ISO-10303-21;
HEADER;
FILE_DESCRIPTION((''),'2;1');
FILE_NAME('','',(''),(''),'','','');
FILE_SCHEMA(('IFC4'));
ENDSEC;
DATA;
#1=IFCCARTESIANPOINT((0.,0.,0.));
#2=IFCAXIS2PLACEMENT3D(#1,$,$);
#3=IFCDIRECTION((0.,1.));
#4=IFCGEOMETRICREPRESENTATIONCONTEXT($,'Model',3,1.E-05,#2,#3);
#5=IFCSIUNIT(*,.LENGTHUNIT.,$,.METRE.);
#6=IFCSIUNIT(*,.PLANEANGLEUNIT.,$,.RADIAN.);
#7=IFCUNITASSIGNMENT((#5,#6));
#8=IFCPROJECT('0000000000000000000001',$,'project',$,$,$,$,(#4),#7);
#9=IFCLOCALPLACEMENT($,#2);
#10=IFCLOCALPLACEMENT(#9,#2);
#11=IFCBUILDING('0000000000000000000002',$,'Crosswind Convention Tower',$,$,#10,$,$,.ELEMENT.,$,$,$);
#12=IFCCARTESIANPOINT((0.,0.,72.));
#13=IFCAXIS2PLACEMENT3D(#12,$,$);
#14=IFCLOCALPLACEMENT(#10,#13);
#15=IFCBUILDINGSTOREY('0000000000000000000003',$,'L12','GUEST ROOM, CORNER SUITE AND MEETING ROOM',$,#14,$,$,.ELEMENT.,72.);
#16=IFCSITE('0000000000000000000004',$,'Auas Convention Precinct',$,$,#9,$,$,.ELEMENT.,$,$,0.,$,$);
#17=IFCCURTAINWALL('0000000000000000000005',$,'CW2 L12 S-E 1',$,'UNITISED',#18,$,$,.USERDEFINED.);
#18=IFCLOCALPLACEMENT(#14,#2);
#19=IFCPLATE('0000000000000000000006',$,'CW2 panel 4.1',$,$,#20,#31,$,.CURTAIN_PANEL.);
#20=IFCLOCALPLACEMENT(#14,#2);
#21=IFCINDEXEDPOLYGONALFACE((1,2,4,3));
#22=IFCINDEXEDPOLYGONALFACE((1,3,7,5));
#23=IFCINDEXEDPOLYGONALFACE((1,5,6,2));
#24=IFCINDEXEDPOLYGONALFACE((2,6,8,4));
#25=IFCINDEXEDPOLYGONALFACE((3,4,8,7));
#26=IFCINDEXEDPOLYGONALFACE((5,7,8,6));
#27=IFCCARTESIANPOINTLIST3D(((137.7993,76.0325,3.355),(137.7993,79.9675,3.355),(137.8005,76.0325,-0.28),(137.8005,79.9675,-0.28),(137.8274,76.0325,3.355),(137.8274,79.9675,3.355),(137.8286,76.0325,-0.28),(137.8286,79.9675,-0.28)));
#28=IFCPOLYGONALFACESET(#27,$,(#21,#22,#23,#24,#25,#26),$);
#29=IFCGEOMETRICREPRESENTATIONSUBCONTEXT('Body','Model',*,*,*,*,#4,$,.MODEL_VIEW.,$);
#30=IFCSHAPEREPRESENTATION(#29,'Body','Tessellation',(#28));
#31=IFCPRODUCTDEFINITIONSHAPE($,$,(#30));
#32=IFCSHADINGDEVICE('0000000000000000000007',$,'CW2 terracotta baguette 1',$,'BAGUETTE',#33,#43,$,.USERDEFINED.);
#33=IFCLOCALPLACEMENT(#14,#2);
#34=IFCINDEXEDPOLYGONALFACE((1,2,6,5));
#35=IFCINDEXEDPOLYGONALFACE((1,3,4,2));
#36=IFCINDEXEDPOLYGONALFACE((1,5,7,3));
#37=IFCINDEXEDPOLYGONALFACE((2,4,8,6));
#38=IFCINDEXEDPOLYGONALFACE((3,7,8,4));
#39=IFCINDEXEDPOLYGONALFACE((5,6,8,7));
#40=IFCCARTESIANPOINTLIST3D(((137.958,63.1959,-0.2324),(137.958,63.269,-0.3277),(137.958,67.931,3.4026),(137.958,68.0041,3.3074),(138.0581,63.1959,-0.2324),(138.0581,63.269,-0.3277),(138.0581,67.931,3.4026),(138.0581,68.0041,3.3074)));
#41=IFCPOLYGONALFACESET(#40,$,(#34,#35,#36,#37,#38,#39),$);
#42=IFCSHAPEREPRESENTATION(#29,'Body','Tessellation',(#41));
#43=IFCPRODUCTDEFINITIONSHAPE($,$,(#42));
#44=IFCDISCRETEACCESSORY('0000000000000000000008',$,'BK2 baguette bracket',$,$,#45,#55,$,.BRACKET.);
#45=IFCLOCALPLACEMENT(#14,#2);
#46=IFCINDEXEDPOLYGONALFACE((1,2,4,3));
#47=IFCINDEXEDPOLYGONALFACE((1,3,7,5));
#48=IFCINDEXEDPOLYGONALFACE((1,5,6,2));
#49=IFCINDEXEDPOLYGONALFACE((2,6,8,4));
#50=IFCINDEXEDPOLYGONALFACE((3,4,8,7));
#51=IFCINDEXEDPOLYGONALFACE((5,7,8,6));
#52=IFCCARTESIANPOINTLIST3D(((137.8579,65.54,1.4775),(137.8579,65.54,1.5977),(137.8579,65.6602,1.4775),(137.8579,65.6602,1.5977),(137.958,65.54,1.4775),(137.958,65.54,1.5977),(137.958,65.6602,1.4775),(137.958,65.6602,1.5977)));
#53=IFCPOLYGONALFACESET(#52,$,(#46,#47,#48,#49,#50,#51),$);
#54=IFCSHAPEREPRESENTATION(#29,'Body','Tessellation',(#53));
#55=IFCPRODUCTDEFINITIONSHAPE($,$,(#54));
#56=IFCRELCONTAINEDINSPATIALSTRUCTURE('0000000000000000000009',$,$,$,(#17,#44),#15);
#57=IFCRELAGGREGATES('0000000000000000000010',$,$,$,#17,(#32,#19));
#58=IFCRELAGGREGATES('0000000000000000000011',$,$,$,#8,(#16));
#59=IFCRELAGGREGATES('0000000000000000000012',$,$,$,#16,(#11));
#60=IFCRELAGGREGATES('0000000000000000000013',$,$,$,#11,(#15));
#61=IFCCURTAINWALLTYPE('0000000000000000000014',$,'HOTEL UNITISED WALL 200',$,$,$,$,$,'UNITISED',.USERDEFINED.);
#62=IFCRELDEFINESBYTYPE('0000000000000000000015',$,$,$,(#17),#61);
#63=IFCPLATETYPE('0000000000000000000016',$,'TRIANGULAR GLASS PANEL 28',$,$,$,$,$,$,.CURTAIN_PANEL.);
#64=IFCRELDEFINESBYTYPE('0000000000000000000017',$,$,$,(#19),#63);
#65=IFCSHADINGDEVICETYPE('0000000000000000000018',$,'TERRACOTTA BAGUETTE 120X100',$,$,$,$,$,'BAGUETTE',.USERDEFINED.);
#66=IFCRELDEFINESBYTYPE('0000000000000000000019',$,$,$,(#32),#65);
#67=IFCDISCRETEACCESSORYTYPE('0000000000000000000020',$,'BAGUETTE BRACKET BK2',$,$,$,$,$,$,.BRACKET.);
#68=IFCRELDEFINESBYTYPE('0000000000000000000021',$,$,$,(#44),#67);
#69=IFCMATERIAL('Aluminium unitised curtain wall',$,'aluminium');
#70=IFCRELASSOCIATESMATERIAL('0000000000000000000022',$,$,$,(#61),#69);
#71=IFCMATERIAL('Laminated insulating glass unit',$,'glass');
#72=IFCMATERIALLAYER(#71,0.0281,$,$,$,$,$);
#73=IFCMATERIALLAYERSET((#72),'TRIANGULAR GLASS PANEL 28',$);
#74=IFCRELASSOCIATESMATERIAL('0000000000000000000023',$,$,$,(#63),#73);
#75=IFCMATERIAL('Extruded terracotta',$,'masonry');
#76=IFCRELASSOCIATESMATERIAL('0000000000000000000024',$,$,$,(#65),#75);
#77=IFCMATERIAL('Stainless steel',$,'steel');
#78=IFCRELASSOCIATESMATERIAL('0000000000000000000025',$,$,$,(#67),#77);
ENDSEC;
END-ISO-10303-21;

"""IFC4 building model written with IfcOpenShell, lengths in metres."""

from ifc_helpers import new_model, si_unit, direction, frame, origin, origin_2d, place, context, subcontext, project, spatial, polyline, rectangle, outline, extrude, material, layer, layer_set, material_profile, profile_set, type_object, element, aggregate, save


model = new_model("IFC4")

# Units and contexts
model_context = context("Model", 3, precision=1e-05, world=origin(), true_north=direction((0.0, 1.0)))
body_context = subcontext(model_context, "Body", "Model", "MODEL_VIEW")
ifc_project = project(units=[si_unit("LENGTHUNIT", "METRE"), si_unit("PLANEANGLEUNIT", "RADIAN")], contexts=[model_context])

# Site, building, storey
site_placement = place(None, origin())
site = spatial("IfcSite", under=ifc_project, at=site_placement, Name="Auas Convention Precinct", CompositionType="ELEMENT", RefElevation=0.0)
building_placement = place(site_placement, origin())
building = spatial("IfcBuilding", under=site, at=building_placement, Name="Crosswind Convention Tower", CompositionType="ELEMENT")
storey_placement = place(building_placement, frame((0.0, 0.0, 72.0)))
storey = spatial("IfcBuildingStorey", under=building, at=storey_placement, Name="L12", Description="GUEST ROOM, CORNER SUITE AND MEETING ROOM", CompositionType="ELEMENT", Elevation=72.0)

# Shared definitions
ifc_material_1 = material(Name="Aluminium unitised curtain wall", Category="aluminium")
curtain_wall_type = type_object("IfcCurtainWallType", Name="HOTEL UNITISED WALL 200", ElementType="UNITISED", PredefinedType="USERDEFINED", material=ifc_material_1)

# Curtain wall, plate
curtain_wall_1_placement = place(storey_placement, origin())
curtain_wall_1 = element("IfcCurtainWall", 1, at=curtain_wall_1_placement, inside=storey, type_object=curtain_wall_type, Name="CW2 L12 S-E 1", ObjectType="UNITISED", PredefinedType="USERDEFINED")
ifc_material_2 = material(Name="Laminated insulating glass unit", Category="glass")
ifc_layer_1 = layer(ifc_material_2, 0.0281)
ifc_layer_set_1 = layer_set([ifc_layer_1], Name="TRIANGULAR GLASS PANEL 28")
plate_type = type_object("IfcPlateType", Name="TRIANGULAR GLASS PANEL 28", PredefinedType="CURTAIN_PANEL", material=ifc_layer_set_1)
plate_1_placement = place(storey_placement, frame((137.8286, 76.0325, -0.28), z_axis=(1.0, 0.0, 0.000336), x_axis=(0.0, 1.0, 0.0)))
plate_1 = element("IfcPlate", 2, at=plate_1_placement, type_object=plate_type, Name="CW2 panel 4.1", PredefinedType="CURTAIN_PANEL", context=body_context, shape_type="SweptSolid", body=[
    extrude(outline(polyline([(0.0, 0.0), (3.9351, 0.0), (3.9351, 3.635), (0.0, 3.635), (0.0, 0.0)])), origin(), (0.0, 0.0, -1.0), 0.0281),
])

# Shading device
ifc_material_3 = material(Name="Extruded terracotta", Category="masonry")
ifc_material_profile_1 = material_profile(ifc_material_3, rectangle(XDim=0.1001, YDim=0.1201, at=origin_2d()), Name="TC 100X120")
ifc_profile_set_1 = profile_set([ifc_material_profile_1], Name="Extruded terracotta")
shading_device_type = type_object("IfcShadingDeviceType", Name="TERRACOTTA BAGUETTE 120X100", ElementType="BAGUETTE", PredefinedType="USERDEFINED", material=ifc_profile_set_1)
shading_device_placement = place(storey_placement, frame((138.0081, 63.2324, -0.28), z_axis=(0.0, 0.793221, 0.608934), x_axis=(-1.0, 0.0, 0.0)))
shading_device = element("IfcShadingDevice", 3, at=shading_device_placement, type_object=shading_device_type, Name="CW2 terracotta baguette 1", ObjectType="BAGUETTE", PredefinedType="USERDEFINED", context=body_context, shape_type="SweptSolid", body=[
    extrude(rectangle(XDim=0.1001, YDim=0.1201, at=origin_2d()), origin(), (0.0, 0.0, 1.0), 5.9695),
])
aggregate(curtain_wall_1, [shading_device, plate_1])

# Discrete accessory
ifc_material_4 = material(Name="Stainless steel", Category="steel")
discrete_accessory_type = type_object("IfcDiscreteAccessoryType", Name="BAGUETTE BRACKET BK2", PredefinedType="BRACKET", material=ifc_material_4)
discrete_accessory_placement = place(storey_placement, frame((137.908, 65.6001, 1.4775), z_axis=(0.0, 0.0, 1.0), x_axis=(0.0, 1.0, 0.0)))
element("IfcDiscreteAccessory", 4, at=discrete_accessory_placement, inside=storey, type_object=discrete_accessory_type, Name="BK2 baguette bracket", PredefinedType="BRACKET", context=body_context, shape_type="SweptSolid", body=[
    extrude(rectangle(XDim=0.1201, YDim=0.1001, at=origin_2d()), origin(), (0.0, 0.0, 1.0), 0.1201),
])

save(model, "model.ifc")
